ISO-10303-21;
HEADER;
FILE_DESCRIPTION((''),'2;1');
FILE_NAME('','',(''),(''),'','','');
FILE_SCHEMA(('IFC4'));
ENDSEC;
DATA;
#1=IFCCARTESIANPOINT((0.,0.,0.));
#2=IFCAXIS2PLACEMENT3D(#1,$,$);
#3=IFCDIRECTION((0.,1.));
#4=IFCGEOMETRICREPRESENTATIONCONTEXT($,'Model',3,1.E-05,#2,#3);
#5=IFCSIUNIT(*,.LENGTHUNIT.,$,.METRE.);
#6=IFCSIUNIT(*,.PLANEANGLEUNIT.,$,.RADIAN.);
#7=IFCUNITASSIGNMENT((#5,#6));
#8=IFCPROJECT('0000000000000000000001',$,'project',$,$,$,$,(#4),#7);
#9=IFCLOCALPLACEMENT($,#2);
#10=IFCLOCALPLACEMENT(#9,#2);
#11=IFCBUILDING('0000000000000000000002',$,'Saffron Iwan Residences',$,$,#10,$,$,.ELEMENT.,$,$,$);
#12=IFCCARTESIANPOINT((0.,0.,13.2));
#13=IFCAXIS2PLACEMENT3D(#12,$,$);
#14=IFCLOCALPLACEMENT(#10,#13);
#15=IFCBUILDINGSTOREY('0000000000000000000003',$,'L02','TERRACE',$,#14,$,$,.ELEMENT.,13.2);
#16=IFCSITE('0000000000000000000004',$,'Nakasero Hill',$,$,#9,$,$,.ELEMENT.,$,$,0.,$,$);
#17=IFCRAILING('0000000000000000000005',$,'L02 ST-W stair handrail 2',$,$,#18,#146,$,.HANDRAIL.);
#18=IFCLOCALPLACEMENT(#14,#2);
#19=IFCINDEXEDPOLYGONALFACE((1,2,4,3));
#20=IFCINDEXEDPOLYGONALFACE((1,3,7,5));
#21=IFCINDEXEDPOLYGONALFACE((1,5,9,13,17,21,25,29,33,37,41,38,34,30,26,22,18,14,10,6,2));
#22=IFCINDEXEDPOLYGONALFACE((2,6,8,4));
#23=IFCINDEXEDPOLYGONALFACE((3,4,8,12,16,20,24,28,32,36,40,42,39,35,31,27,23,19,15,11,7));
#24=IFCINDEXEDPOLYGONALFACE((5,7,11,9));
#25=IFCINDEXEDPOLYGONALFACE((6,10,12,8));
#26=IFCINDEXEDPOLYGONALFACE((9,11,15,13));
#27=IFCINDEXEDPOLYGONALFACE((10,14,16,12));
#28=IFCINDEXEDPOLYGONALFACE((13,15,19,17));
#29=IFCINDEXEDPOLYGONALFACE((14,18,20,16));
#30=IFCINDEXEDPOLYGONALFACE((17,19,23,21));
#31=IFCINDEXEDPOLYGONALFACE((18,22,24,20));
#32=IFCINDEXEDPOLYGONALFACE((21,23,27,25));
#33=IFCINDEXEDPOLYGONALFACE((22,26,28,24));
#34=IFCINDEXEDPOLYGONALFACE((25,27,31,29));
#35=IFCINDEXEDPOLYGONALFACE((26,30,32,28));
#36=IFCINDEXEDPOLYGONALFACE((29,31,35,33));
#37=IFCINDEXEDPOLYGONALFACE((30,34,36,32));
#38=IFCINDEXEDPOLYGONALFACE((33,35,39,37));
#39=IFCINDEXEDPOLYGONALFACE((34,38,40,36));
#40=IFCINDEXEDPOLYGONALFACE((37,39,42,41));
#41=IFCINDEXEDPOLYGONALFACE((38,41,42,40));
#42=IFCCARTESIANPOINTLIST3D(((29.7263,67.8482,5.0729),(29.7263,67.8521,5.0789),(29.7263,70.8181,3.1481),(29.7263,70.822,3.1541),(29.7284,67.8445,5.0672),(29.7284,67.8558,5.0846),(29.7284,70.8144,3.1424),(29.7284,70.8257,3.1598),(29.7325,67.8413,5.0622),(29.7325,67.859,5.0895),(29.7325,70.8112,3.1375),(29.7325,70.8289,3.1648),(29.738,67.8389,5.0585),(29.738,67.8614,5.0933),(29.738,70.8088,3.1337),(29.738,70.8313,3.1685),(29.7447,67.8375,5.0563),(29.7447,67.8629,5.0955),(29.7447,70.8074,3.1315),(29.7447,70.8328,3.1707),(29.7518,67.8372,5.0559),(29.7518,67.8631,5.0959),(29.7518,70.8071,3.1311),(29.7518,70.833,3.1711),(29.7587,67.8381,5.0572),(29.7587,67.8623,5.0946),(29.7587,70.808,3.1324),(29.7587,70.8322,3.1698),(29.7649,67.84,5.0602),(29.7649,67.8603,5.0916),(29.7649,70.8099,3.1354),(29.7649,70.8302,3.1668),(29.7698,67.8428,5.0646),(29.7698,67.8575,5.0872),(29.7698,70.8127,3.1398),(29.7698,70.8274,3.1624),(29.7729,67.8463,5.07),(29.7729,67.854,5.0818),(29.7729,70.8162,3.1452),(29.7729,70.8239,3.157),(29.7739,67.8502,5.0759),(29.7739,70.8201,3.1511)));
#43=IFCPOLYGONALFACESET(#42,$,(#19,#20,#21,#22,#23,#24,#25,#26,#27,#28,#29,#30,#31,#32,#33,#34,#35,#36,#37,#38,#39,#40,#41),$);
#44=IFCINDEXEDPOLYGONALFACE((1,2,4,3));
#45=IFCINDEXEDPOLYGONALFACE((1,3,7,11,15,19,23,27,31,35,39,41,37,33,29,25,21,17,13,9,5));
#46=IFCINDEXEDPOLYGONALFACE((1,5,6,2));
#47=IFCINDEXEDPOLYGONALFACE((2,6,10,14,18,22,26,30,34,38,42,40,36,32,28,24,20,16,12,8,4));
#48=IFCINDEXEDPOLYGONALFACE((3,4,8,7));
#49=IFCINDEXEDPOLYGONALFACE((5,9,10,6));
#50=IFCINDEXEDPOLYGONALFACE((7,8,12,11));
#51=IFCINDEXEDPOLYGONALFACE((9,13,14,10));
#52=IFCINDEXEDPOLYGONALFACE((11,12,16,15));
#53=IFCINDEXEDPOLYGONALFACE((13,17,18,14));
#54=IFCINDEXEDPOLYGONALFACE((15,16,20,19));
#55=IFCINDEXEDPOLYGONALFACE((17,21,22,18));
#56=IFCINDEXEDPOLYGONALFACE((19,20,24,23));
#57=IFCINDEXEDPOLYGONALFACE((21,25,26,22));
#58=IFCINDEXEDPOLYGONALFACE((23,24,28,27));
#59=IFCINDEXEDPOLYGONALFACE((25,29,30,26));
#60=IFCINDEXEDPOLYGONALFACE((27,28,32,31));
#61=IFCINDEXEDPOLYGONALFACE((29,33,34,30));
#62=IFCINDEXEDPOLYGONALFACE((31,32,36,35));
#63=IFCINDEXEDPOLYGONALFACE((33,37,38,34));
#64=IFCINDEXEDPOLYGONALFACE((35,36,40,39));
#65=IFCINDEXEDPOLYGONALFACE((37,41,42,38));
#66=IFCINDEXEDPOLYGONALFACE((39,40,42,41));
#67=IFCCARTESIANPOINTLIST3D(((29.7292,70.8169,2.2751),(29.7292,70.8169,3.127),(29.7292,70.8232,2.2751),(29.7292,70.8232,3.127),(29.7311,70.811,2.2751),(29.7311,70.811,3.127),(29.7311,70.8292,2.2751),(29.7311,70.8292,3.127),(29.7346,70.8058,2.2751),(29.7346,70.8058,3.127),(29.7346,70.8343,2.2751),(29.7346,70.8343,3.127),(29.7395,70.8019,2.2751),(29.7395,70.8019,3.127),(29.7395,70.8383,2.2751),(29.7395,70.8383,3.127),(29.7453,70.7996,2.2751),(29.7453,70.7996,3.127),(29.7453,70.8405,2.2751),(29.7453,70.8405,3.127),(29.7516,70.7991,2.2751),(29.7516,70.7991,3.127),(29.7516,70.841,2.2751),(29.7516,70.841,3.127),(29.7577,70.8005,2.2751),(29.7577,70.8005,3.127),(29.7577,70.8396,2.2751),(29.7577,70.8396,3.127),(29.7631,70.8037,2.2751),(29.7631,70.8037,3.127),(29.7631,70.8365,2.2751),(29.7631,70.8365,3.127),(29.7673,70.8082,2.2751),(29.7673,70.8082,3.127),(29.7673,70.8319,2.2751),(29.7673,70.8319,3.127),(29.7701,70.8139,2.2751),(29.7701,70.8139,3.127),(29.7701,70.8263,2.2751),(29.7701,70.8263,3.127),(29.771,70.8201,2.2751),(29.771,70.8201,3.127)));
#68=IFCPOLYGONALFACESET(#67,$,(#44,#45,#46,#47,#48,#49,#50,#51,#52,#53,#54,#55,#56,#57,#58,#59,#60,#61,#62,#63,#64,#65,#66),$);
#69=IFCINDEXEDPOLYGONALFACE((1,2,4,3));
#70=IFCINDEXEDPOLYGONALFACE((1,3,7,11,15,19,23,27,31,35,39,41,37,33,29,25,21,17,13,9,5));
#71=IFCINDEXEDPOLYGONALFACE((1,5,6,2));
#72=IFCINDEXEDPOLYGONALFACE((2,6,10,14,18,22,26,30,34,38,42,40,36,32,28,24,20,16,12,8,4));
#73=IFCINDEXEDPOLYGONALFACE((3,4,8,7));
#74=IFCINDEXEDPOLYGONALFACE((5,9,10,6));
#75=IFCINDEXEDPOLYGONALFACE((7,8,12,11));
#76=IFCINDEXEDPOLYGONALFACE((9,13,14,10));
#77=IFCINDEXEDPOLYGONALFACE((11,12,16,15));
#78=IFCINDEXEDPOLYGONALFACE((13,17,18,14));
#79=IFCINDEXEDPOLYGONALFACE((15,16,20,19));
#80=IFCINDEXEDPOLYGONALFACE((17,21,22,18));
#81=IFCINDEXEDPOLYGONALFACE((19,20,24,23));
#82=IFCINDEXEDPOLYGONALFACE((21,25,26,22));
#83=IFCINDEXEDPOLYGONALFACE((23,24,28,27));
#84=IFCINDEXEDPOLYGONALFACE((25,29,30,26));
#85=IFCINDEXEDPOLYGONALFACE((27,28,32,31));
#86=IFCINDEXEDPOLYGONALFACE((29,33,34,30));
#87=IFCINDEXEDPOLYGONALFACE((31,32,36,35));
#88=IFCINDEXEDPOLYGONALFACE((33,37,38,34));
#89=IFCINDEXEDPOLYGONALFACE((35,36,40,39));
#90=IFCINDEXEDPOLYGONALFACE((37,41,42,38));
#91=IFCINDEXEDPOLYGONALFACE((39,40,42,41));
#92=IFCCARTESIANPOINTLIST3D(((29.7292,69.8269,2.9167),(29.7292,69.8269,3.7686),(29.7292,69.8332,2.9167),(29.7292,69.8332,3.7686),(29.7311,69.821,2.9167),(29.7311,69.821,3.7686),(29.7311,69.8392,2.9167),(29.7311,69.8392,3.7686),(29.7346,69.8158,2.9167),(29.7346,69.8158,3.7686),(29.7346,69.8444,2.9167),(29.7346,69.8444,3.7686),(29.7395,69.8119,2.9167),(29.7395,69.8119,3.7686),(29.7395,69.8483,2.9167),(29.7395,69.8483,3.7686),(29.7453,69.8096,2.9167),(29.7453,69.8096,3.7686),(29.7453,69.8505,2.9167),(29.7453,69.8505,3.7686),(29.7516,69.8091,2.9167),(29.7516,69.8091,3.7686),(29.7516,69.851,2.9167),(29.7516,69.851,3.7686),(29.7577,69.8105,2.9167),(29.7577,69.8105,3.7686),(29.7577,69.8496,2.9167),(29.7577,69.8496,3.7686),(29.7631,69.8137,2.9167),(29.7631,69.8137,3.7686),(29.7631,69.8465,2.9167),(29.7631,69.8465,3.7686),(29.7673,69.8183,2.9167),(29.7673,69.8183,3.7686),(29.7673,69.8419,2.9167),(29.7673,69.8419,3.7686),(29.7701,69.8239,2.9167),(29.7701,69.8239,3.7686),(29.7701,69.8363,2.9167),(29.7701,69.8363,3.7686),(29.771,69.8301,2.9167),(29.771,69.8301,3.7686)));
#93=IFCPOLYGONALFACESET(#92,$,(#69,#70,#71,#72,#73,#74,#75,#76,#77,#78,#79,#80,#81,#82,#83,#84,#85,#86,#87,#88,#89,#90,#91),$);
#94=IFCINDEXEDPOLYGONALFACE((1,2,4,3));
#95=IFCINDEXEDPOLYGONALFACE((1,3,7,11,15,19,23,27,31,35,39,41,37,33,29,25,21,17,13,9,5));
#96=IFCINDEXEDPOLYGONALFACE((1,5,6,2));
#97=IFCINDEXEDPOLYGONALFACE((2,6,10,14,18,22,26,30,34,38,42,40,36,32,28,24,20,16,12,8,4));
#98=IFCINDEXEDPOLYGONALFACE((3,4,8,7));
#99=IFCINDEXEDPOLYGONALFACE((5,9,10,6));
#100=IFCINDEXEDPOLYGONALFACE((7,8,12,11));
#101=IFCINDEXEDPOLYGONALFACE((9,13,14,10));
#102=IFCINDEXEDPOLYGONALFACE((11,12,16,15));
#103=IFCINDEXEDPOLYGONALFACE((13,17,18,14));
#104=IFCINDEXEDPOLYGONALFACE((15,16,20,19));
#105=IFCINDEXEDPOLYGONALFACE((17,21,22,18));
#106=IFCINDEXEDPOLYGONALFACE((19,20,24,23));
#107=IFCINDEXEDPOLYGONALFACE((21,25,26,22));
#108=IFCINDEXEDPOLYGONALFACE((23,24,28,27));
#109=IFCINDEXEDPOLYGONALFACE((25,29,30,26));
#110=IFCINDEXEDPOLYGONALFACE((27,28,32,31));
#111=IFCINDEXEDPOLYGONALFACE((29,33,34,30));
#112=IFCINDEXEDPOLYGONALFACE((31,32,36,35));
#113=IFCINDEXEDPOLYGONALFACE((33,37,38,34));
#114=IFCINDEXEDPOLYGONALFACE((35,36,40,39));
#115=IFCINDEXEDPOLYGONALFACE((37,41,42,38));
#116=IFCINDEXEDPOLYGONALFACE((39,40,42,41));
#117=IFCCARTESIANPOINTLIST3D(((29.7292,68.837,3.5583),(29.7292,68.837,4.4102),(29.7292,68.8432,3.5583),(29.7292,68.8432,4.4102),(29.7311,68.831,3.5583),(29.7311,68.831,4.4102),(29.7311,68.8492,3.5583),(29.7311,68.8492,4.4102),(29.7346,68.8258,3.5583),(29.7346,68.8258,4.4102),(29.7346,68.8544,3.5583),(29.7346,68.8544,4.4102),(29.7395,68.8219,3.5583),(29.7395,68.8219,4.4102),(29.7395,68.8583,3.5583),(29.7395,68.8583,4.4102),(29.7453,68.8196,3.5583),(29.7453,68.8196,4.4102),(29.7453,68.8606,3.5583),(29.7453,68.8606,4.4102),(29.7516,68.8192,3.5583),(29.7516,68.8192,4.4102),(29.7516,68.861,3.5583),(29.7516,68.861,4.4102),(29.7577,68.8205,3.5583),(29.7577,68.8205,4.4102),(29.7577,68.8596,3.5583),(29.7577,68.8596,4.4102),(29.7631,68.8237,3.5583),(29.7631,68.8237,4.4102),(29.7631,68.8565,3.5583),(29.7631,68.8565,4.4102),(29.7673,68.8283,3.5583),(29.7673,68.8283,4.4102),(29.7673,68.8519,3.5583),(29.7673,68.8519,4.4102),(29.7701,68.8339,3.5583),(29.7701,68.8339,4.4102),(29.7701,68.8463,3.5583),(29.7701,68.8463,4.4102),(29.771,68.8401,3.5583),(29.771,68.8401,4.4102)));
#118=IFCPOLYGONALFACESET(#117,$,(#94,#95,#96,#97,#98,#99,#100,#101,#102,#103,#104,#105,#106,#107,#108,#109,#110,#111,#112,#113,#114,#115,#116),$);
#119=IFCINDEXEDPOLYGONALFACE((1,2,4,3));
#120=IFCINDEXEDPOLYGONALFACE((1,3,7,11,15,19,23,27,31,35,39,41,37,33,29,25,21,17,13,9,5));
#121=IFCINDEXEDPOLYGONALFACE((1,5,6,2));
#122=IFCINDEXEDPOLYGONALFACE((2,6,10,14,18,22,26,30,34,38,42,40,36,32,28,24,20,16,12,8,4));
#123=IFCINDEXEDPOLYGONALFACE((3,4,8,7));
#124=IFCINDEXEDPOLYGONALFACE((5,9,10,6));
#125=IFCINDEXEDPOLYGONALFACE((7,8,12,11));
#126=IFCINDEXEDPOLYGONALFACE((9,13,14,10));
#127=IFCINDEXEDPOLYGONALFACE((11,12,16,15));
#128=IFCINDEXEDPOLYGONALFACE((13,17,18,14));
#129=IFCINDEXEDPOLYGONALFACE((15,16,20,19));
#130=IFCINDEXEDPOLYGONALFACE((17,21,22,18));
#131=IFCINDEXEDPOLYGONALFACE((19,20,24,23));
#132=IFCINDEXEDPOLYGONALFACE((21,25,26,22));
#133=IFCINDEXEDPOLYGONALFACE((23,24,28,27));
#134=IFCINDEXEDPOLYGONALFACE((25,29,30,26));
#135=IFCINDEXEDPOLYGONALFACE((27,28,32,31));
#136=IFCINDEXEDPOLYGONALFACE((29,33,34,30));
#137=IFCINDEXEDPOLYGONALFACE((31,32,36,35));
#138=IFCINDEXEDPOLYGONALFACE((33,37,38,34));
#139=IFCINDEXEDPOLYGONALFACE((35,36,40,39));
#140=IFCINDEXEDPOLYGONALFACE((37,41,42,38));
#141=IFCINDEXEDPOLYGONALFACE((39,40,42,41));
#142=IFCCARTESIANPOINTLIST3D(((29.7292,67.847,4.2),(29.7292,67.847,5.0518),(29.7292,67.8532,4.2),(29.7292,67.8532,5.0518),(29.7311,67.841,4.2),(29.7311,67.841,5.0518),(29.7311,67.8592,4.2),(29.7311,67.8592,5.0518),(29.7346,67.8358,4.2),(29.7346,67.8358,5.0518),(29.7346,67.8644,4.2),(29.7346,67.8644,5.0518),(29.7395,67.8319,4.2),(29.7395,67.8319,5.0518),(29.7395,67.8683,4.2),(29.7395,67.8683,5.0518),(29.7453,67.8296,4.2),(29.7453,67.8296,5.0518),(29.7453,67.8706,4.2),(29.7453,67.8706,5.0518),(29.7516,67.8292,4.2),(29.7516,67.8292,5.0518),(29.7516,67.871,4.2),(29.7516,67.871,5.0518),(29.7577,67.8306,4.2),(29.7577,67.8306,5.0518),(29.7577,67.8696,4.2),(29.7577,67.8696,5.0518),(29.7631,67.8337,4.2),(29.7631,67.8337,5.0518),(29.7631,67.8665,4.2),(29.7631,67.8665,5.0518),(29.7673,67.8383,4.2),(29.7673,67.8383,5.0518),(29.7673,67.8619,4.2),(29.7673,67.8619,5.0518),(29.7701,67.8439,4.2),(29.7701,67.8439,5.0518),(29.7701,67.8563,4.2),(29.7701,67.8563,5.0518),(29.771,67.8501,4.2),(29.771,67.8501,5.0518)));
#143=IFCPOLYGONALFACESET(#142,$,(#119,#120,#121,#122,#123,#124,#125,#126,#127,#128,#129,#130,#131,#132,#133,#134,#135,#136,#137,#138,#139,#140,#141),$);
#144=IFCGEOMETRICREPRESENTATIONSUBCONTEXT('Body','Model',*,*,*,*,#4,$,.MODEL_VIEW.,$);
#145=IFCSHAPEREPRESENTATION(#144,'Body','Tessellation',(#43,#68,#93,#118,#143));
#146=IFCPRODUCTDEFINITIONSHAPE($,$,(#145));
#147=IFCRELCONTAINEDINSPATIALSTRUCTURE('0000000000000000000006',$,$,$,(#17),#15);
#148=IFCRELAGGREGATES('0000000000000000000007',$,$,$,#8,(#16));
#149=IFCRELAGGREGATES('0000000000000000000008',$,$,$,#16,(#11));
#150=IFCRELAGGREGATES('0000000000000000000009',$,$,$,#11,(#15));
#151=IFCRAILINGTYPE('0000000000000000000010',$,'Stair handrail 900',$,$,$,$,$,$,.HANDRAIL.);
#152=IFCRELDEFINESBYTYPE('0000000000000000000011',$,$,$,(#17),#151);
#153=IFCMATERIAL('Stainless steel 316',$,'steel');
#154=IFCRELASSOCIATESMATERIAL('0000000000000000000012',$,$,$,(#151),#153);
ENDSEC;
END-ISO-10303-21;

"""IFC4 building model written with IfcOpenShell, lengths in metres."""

from ifc_helpers import new_model, si_unit, direction, frame, origin, origin_2d, place, context, subcontext, project, spatial, circle, extrude, material, type_object, element, save


model = new_model("IFC4")

# Units and contexts
model_context = context("Model", 3, precision=1e-05, world=origin(), true_north=direction((0.0, 1.0)))
body_context = subcontext(model_context, "Body", "Model", "MODEL_VIEW")
ifc_project = project(units=[si_unit("LENGTHUNIT", "METRE"), si_unit("PLANEANGLEUNIT", "RADIAN")], contexts=[model_context])

# Site, building, storey
site_placement = place(None, origin())
site = spatial("IfcSite", under=ifc_project, at=site_placement, Name="Nakasero Hill", CompositionType="ELEMENT", RefElevation=0.0)
building_placement = place(site_placement, origin())
building = spatial("IfcBuilding", under=site, at=building_placement, Name="Saffron Iwan Residences", CompositionType="ELEMENT")
storey_placement = place(building_placement, frame((0.0, 0.0, 13.2)))
storey = spatial("IfcBuildingStorey", under=building, at=storey_placement, Name="L02", Description="TERRACE", CompositionType="ELEMENT", Elevation=13.2)

# Railing
ifc_material_1 = material(Name="Stainless steel 316", Category="steel")
railing_type_1 = type_object("IfcRailingType", Name="Stair handrail 900", PredefinedType="HANDRAIL", material=ifc_material_1)
railing_1_placement = place(storey_placement, frame((29.75, 70.8201, 2.2751)))
element("IfcRailing", 1, at=railing_1_placement, inside=storey, type_object=railing_type_1, Name="L02 ST-W stair handrail 2", PredefinedType="HANDRAIL", context=body_context, shape_type="SweptSolid", body=[
    extrude(circle(Radius=0.0239, at=origin_2d()), frame((0.0, 0.0, 0.876), z_axis=(0.0, -0.839176, 0.54386), x_axis=(1.0, 0.0, 0.0)), (0.0, 0.0, 1.0), 3.5391),
    extrude(circle(Radius=0.021, at=origin_2d()), origin(), (0.0, 0.0, 1.0), 0.8518),
    extrude(circle(Radius=0.021, at=origin_2d()), frame((0.0, -0.99, 0.6416)), (0.0, 0.0, 1.0), 0.8518),
    extrude(circle(Radius=0.021, at=origin_2d()), frame((0.0, -1.98, 1.2832)), (0.0, 0.0, 1.0), 0.8518),
    extrude(circle(Radius=0.021, at=origin_2d()), frame((0.0, -2.97, 1.9248)), (0.0, 0.0, 1.0), 0.8518),
])

save(model, "model.ifc")
